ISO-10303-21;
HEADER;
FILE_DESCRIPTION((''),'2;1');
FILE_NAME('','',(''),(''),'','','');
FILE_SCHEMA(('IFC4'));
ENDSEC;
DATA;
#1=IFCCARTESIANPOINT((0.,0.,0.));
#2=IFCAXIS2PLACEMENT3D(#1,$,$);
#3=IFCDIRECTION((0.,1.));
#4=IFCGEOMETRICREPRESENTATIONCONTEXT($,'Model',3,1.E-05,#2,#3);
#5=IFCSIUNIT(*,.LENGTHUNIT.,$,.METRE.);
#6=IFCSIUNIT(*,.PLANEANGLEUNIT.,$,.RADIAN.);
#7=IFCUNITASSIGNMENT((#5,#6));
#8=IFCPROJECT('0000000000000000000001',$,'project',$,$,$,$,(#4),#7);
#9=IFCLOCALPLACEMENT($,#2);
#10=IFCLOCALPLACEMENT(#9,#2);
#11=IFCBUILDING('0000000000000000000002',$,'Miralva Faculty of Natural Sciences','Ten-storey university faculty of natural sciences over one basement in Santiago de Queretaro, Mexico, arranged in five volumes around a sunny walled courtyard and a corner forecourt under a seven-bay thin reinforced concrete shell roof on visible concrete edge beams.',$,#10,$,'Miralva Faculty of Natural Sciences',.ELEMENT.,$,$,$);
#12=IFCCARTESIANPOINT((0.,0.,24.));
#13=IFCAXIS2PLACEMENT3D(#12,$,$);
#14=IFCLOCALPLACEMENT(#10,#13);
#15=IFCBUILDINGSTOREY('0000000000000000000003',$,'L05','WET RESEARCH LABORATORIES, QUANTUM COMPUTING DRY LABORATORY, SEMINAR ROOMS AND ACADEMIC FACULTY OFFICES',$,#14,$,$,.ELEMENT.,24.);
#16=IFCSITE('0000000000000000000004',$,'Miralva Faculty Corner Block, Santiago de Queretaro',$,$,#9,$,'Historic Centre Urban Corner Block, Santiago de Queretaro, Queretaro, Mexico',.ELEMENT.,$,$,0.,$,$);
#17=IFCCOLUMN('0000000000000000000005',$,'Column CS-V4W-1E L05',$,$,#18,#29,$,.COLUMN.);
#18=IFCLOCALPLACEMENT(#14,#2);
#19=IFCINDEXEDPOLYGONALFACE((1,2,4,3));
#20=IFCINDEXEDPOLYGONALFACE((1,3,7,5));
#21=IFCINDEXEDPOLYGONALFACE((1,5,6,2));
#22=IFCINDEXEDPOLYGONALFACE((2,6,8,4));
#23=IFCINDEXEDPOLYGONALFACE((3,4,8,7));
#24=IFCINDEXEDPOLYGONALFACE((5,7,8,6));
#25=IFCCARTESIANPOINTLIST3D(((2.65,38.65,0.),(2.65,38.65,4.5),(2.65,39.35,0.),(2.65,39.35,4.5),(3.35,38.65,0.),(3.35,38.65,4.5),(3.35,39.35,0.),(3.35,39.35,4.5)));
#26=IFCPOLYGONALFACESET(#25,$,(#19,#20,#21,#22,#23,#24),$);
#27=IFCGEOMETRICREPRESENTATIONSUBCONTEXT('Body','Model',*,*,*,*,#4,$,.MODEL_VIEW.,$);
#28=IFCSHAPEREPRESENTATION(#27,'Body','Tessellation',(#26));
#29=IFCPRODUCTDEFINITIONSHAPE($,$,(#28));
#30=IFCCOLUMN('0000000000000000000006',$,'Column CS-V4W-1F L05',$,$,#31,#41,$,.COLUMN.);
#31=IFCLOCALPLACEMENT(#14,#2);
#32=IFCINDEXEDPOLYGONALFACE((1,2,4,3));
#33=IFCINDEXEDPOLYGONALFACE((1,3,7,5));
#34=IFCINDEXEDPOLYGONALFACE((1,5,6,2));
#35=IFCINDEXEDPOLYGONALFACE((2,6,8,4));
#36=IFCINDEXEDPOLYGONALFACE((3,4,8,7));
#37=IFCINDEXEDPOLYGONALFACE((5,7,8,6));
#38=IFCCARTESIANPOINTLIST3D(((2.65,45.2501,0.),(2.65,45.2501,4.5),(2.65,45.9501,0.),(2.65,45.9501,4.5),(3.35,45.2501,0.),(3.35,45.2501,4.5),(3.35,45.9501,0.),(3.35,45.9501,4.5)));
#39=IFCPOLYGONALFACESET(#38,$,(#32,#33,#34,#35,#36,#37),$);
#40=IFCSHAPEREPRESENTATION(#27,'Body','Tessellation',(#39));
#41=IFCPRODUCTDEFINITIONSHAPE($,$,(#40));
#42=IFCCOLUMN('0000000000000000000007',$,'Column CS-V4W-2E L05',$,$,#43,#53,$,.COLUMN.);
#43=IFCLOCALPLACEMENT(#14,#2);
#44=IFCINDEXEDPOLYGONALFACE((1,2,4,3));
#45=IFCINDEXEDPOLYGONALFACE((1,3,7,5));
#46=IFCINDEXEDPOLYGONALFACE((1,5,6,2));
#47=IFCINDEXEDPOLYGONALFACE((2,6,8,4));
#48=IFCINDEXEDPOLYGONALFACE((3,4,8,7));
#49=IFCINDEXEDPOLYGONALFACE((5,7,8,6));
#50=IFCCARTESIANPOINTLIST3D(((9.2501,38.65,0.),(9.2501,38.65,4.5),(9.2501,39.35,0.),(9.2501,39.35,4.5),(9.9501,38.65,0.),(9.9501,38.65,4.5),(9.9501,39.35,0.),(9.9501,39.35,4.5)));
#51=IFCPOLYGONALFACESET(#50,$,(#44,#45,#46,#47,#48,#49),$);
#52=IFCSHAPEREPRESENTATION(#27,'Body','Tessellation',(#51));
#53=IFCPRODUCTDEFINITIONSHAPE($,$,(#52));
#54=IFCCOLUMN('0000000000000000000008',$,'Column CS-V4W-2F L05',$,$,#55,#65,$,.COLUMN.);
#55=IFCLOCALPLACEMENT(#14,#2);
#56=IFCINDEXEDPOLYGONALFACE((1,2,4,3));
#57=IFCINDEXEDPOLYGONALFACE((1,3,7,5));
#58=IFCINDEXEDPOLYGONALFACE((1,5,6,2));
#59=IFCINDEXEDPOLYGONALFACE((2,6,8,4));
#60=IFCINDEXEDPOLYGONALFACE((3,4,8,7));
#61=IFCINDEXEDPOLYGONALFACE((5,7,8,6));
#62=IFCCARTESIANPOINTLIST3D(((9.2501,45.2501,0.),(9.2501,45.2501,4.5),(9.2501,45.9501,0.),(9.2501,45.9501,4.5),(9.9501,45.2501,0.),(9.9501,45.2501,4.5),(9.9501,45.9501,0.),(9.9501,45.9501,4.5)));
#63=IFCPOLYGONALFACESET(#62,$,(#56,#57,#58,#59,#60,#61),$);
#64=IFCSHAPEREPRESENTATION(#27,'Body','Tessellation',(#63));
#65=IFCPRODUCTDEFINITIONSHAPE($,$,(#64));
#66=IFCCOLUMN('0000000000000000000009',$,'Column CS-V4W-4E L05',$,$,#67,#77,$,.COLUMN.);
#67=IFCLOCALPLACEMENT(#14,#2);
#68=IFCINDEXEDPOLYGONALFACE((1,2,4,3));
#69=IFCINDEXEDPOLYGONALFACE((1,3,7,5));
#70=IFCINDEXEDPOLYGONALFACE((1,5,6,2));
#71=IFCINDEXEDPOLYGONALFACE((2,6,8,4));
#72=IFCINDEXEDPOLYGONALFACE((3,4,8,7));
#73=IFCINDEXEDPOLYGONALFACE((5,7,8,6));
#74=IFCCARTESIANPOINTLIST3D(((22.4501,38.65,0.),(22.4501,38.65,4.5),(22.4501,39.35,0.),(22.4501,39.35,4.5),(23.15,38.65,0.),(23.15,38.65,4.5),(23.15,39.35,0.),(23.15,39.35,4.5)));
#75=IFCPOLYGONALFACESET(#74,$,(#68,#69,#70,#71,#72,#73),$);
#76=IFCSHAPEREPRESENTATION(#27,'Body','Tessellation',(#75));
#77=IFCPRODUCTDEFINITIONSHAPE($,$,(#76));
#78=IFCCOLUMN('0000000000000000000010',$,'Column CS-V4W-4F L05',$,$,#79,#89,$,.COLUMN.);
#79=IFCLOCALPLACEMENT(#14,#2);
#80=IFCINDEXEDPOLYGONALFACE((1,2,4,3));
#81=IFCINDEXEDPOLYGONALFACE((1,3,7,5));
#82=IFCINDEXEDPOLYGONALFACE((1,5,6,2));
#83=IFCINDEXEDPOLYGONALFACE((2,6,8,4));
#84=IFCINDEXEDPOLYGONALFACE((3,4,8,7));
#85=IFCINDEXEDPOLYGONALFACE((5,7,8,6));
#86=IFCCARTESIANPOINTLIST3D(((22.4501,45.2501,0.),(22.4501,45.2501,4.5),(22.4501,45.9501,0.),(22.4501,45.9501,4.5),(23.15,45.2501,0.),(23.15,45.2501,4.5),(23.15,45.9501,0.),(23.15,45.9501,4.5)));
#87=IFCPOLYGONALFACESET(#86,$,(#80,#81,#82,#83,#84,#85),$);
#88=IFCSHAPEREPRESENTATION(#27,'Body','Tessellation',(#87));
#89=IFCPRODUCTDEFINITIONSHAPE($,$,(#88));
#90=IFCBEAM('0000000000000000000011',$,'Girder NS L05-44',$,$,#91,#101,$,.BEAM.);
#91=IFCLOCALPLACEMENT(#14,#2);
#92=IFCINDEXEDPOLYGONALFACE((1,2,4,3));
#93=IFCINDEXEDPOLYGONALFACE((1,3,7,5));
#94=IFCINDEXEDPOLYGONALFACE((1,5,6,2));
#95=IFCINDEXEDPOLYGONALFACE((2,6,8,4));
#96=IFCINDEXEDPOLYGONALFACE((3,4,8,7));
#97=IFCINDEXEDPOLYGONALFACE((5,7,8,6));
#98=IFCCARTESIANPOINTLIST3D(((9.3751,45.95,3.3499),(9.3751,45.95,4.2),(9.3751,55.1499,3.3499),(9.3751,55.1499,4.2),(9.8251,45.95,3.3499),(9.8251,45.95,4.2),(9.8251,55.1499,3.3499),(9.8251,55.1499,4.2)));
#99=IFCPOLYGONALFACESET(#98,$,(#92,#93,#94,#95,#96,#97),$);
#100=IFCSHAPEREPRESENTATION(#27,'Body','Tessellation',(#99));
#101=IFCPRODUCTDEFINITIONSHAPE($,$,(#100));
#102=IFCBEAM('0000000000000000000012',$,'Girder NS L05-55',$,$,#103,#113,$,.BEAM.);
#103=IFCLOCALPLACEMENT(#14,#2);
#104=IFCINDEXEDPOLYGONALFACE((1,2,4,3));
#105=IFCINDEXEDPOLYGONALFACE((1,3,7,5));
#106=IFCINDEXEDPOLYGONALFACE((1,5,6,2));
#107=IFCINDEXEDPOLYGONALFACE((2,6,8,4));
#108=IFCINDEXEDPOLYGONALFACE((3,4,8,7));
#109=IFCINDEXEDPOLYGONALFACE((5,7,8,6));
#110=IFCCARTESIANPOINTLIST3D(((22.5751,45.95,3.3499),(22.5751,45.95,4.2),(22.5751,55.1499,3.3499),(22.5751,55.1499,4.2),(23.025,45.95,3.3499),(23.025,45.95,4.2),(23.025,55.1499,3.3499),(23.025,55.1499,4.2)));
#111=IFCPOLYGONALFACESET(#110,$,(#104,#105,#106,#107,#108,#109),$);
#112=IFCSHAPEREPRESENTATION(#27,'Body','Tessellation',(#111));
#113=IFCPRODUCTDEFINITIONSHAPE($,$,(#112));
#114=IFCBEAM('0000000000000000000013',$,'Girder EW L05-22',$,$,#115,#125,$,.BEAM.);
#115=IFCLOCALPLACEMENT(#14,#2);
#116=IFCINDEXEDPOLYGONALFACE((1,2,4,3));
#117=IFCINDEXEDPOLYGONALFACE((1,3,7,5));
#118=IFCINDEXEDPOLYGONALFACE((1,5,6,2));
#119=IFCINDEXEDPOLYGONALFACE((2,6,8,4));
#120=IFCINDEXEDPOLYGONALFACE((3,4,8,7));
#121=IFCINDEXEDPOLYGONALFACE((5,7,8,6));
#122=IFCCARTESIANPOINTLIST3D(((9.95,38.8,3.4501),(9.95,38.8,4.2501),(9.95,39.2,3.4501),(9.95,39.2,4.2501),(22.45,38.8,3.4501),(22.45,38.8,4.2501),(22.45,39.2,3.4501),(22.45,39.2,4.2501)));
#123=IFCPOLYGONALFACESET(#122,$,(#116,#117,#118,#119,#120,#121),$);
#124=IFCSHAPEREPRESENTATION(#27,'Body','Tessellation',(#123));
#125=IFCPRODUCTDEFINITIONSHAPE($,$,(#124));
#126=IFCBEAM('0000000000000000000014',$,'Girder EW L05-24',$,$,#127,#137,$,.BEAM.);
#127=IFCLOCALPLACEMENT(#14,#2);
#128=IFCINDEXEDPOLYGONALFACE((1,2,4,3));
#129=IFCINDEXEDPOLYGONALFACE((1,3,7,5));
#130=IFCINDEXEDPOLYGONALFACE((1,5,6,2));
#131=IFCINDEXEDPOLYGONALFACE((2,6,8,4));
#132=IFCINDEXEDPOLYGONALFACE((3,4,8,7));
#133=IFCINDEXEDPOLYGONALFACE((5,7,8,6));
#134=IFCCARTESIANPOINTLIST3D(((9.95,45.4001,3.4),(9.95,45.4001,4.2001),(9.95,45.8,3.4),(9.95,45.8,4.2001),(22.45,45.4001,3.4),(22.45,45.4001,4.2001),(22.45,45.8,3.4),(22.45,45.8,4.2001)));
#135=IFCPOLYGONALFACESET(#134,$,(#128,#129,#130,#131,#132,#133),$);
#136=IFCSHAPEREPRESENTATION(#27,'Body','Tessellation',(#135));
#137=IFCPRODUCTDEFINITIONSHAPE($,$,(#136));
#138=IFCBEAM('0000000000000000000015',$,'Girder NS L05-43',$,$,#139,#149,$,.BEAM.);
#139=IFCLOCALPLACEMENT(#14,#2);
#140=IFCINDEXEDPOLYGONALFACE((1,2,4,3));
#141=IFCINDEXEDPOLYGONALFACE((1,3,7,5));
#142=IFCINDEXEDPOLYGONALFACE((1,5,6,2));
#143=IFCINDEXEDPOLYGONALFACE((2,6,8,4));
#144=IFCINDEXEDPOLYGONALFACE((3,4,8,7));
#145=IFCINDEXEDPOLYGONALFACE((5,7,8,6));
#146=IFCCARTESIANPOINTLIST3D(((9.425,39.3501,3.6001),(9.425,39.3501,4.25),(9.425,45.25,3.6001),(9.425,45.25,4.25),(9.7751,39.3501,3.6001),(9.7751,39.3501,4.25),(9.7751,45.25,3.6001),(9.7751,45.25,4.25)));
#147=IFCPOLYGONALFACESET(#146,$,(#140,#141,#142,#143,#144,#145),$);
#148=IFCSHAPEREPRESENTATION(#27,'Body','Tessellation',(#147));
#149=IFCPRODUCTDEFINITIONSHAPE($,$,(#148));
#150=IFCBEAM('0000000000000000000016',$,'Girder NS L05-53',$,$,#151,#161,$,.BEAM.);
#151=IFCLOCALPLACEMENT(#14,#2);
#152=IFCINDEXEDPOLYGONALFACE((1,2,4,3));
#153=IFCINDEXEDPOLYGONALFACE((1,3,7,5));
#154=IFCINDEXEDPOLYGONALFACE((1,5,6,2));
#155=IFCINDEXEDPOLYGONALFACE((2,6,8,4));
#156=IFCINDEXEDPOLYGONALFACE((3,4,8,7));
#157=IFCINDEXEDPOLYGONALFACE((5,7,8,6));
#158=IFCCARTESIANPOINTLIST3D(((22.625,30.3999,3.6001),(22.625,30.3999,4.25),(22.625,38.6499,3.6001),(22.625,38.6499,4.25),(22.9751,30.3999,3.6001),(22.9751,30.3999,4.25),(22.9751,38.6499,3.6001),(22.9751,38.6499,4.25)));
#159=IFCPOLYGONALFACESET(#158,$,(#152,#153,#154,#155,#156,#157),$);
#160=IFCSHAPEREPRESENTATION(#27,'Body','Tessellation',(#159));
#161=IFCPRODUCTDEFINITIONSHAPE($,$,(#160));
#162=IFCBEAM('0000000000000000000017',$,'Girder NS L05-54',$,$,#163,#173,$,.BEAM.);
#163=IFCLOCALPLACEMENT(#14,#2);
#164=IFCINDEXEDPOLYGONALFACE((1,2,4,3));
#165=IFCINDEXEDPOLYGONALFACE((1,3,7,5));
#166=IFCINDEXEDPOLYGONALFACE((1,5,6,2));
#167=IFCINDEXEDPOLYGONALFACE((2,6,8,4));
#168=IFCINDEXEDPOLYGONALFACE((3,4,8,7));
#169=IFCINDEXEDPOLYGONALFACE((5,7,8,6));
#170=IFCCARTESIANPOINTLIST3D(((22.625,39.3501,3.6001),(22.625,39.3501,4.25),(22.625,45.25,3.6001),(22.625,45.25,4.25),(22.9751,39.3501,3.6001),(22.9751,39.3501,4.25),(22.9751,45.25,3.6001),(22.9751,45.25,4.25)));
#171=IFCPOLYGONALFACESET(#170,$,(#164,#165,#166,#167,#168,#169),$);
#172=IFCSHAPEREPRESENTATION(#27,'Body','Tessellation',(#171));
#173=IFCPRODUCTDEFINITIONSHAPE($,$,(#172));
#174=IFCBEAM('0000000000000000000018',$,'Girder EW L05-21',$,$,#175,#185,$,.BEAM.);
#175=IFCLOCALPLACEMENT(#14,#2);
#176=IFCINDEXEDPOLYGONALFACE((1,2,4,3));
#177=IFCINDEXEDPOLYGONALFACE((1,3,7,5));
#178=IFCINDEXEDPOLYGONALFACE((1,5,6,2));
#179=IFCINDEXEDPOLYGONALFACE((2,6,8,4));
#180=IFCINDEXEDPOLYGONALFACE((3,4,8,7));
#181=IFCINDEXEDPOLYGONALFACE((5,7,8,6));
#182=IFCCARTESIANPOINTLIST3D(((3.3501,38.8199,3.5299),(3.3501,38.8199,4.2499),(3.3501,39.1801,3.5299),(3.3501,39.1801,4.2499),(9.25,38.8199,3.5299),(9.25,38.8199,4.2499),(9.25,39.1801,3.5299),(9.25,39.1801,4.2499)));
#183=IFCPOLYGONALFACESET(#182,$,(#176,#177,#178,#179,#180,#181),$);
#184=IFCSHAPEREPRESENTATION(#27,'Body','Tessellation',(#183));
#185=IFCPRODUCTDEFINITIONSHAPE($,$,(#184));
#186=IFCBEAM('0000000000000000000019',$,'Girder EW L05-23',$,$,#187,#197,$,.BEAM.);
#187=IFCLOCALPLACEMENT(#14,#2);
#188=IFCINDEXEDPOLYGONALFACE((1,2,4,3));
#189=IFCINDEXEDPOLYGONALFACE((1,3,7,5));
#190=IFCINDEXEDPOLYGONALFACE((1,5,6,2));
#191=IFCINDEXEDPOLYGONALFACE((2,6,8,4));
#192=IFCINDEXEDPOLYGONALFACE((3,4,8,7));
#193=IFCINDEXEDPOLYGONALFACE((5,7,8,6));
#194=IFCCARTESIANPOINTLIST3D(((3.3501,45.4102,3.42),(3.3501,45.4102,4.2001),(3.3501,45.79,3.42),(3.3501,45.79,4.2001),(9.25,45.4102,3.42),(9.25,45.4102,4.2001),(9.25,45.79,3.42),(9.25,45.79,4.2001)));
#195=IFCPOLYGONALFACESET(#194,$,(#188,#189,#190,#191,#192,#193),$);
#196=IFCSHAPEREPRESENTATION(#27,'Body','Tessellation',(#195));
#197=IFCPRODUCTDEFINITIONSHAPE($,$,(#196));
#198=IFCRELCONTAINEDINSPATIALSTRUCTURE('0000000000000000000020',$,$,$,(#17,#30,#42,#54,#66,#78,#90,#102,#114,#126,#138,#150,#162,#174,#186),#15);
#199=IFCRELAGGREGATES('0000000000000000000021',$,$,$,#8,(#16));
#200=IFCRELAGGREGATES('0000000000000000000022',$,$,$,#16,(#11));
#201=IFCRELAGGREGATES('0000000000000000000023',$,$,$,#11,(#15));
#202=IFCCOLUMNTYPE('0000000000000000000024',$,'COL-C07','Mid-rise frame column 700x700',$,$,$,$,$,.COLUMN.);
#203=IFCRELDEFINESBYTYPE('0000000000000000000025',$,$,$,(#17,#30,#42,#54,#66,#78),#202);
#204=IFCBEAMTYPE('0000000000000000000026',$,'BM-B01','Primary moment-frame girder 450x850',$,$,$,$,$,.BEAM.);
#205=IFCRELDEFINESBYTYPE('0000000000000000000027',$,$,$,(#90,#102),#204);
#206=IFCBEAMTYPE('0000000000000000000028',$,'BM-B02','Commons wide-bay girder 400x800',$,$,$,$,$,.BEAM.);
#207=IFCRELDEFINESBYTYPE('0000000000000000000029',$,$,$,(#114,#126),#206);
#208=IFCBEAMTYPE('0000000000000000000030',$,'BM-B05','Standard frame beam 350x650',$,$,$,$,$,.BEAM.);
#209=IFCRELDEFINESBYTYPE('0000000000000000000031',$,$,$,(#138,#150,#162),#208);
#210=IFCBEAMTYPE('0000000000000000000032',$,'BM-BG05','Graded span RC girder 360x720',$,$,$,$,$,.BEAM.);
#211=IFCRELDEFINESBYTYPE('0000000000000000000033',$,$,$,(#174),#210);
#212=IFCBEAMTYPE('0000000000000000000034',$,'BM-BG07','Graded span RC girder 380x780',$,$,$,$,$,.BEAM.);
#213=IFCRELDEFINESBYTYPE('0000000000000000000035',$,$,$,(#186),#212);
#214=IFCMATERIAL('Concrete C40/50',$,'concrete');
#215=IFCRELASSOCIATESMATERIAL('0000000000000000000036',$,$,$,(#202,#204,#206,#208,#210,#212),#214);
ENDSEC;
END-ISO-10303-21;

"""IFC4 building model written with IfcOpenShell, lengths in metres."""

from ifc_helpers import new_model, si_unit, direction, frame, origin, origin_2d, place, context, subcontext, project, spatial, rectangle, extrude, material, material_profile, profile_set, type_object, element, save


model = new_model("IFC4")

# Units and contexts
model_context = context("Model", 3, precision=1e-05, world=origin(), true_north=direction((0.0, 1.0)))
body_context = subcontext(model_context, "Body", "Model", "MODEL_VIEW")
ifc_project = project(units=[si_unit("LENGTHUNIT", "METRE"), si_unit("PLANEANGLEUNIT", "RADIAN")], contexts=[model_context])

# Site, building, storey
site_placement = place(None, origin())
site = spatial("IfcSite", under=ifc_project, at=site_placement, Name="Miralva Faculty Corner Block, Santiago de Queretaro", LongName="Historic Centre Urban Corner Block, Santiago de Queretaro, Queretaro, Mexico", CompositionType="ELEMENT", RefElevation=0.0)
building_placement = place(site_placement, origin())
building = spatial("IfcBuilding", under=site, at=building_placement, Name="Miralva Faculty of Natural Sciences", Description="Ten-storey university faculty of natural sciences over one basement in Santiago de Queretaro, Mexico, arranged in five volumes around a sunny walled courtyard and a corner forecourt under a seven-bay thin reinforced concrete shell roof on visible concrete edge beams.", LongName="Miralva Faculty of Natural Sciences", CompositionType="ELEMENT")
storey_placement = place(building_placement, frame((0.0, 0.0, 24.0)))
storey = spatial("IfcBuildingStorey", under=building, at=storey_placement, Name="L05", Description="WET RESEARCH LABORATORIES, QUANTUM COMPUTING DRY LABORATORY, SEMINAR ROOMS AND ACADEMIC FACULTY OFFICES", CompositionType="ELEMENT", Elevation=24.0)

# Columns
ifc_material_1 = material(Name="Concrete C40/50", Category="concrete")
ifc_material_profile_1 = material_profile(ifc_material_1, rectangle(XDim=0.7, YDim=0.7, at=origin_2d()), Name="RC 700x700")
ifc_profile_set_1 = profile_set([ifc_material_profile_1], Name="Concrete C40/50")
column_type = type_object("IfcColumnType", Name="COL-C07", Description="Mid-rise frame column 700x700", PredefinedType="COLUMN", material=ifc_profile_set_1)
for number, where, z_axis, x_axis, name in (
    (1, (3.0, 39.0, 0.0), (0.0, 0.0, 1.0), (1.0, 0.0, 0.0), "Column CS-V4W-1E L05"),
    (2, (3.0, 45.6001, 0.0), (0.0, 0.0, 1.0), (1.0, 0.0, 0.0), "Column CS-V4W-1F L05"),
    (3, (9.6001, 39.0, 0.0), (0.0, 0.0, 1.0), (1.0, 0.0, 0.0), "Column CS-V4W-2E L05"),
    (4, (9.6001, 45.6001, 0.0), (0.0, 0.0, 1.0), (1.0, 0.0, 0.0), "Column CS-V4W-2F L05"),
    (5, (22.8, 39.0, 0.0), (0.0, 0.0, 1.0), (1.0, 0.0, 0.0), "Column CS-V4W-4E L05"),
    (6, (22.8, 45.6001, 0.0), (0.0, 0.0, 1.0), (1.0, 0.0, 0.0), "Column CS-V4W-4F L05"),
):
    element("IfcColumn", number, at=place(storey_placement, frame(where, z_axis=z_axis, x_axis=x_axis)), inside=storey, type_object=column_type, Name=name, PredefinedType="COLUMN", context=body_context, shape_type="SweptSolid", body=[
        extrude(rectangle(XDim=0.7, YDim=0.7, at=origin_2d()), origin(), (0.0, 0.0, 1.0), 4.5),
    ])

# Beams
ifc_material_profile_2 = material_profile(ifc_material_1, rectangle(XDim=0.45, YDim=0.8501, at=origin_2d()), Name="RC 450x850")
ifc_profile_set_2 = profile_set([ifc_material_profile_2], Name="Concrete C40/50")
beam_type_1 = type_object("IfcBeamType", Name="BM-B01", Description="Primary moment-frame girder 450x850", PredefinedType="BEAM", material=ifc_profile_set_2)
for number, where, z_axis, x_axis, name in (
    (7, (9.6001, 45.95, 3.7749), (0.0, 1.0, 0.0), (-1.0, 0.0, 0.0), "Girder NS L05-44"),
    (8, (22.8, 45.95, 3.7749), (0.0, 1.0, 0.0), (-1.0, 0.0, 0.0), "Girder NS L05-55"),
):
    element("IfcBeam", number, at=place(storey_placement, frame(where, z_axis=z_axis, x_axis=x_axis)), inside=storey, type_object=beam_type_1, Name=name, PredefinedType="BEAM", context=body_context, shape_type="SweptSolid", body=[
        extrude(rectangle(XDim=0.45, YDim=0.8501, at=origin_2d()), origin(), (0.0, 0.0, 1.0), 9.2),
    ])
ifc_material_profile_3 = material_profile(ifc_material_1, rectangle(XDim=0.3999, YDim=0.8, at=origin_2d()), Name="RC 400x800")
ifc_profile_set_3 = profile_set([ifc_material_profile_3], Name="Concrete C40/50")
beam_type_2 = type_object("IfcBeamType", Name="BM-B02", Description="Commons wide-bay girder 400x800", PredefinedType="BEAM", material=ifc_profile_set_3)
for number, where, z_axis, x_axis, name in (
    (9, (9.95, 39.0, 3.8501), (1.0, 0.0, 0.0), (0.0, 1.0, 0.0), "Girder EW L05-22"),
    (10, (9.95, 45.6001, 3.8), (1.0, 0.0, 0.0), (0.0, 1.0, 0.0), "Girder EW L05-24"),
):
    element("IfcBeam", number, at=place(storey_placement, frame(where, z_axis=z_axis, x_axis=x_axis)), inside=storey, type_object=beam_type_2, Name=name, PredefinedType="BEAM", context=body_context, shape_type="SweptSolid", body=[
        extrude(rectangle(XDim=0.3999, YDim=0.8, at=origin_2d()), origin(), (0.0, 0.0, 1.0), 12.5),
    ])
ifc_material_profile_4 = material_profile(ifc_material_1, rectangle(XDim=0.3501, YDim=0.6499, at=origin_2d()), Name="RC 350x650")
ifc_profile_set_4 = profile_set([ifc_material_profile_4], Name="Concrete C40/50")
beam_type_3 = type_object("IfcBeamType", Name="BM-B05", Description="Standard frame beam 350x650", PredefinedType="BEAM", material=ifc_profile_set_4)
beam_1_placement = place(storey_placement, frame((9.6001, 39.3501, 3.925), z_axis=(0.0, 1.0, 0.0), x_axis=(-1.0, 0.0, 0.0)))
element("IfcBeam", 11, at=beam_1_placement, inside=storey, type_object=beam_type_3, Name="Girder NS L05-43", PredefinedType="BEAM", context=body_context, shape_type="SweptSolid", body=[
    extrude(rectangle(XDim=0.3501, YDim=0.6499, at=origin_2d()), origin(), (0.0, 0.0, 1.0), 5.8999),
])
beam_2_placement = place(storey_placement, frame((22.8, 30.3999, 3.925), z_axis=(0.0, 1.0, 0.0), x_axis=(-1.0, 0.0, 0.0)))
element("IfcBeam", 12, at=beam_2_placement, inside=storey, type_object=beam_type_3, Name="Girder NS L05-53", PredefinedType="BEAM", context=body_context, shape_type="SweptSolid", body=[
    extrude(rectangle(XDim=0.3501, YDim=0.6499, at=origin_2d()), origin(), (0.0, 0.0, 1.0), 8.25),
])
beam_3_placement = place(storey_placement, frame((22.8, 39.3501, 3.925), z_axis=(0.0, 1.0, 0.0), x_axis=(-1.0, 0.0, 0.0)))
element("IfcBeam", 13, at=beam_3_placement, inside=storey, type_object=beam_type_3, Name="Girder NS L05-54", PredefinedType="BEAM", context=body_context, shape_type="SweptSolid", body=[
    extrude(rectangle(XDim=0.3501, YDim=0.6499, at=origin_2d()), origin(), (0.0, 0.0, 1.0), 5.8999),
])
ifc_material_profile_5 = material_profile(ifc_material_1, rectangle(XDim=0.3601, YDim=0.72, at=origin_2d()), Name="RC 360x720")
ifc_profile_set_5 = profile_set([ifc_material_profile_5], Name="Concrete C40/50")
beam_type_4 = type_object("IfcBeamType", Name="BM-BG05", Description="Graded span RC girder 360x720", PredefinedType="BEAM", material=ifc_profile_set_5)
beam_4_placement = place(storey_placement, frame((3.3501, 39.0, 3.8899), z_axis=(1.0, 0.0, 0.0), x_axis=(0.0, 1.0, 0.0)))
element("IfcBeam", 14, at=beam_4_placement, inside=storey, type_object=beam_type_4, Name="Girder EW L05-21", PredefinedType="BEAM", context=body_context, shape_type="SweptSolid", body=[
    extrude(rectangle(XDim=0.3601, YDim=0.72, at=origin_2d()), origin(), (0.0, 0.0, 1.0), 5.8999),
])
ifc_material_profile_6 = material_profile(ifc_material_1, rectangle(XDim=0.3799, YDim=0.78, at=origin_2d()), Name="RC 380x780")
ifc_profile_set_6 = profile_set([ifc_material_profile_6], Name="Concrete C40/50")
beam_type_5 = type_object("IfcBeamType", Name="BM-BG07", Description="Graded span RC girder 380x780", PredefinedType="BEAM", material=ifc_profile_set_6)
beam_5_placement = place(storey_placement, frame((3.3501, 45.6001, 3.8101), z_axis=(1.0, 0.0, 0.0), x_axis=(0.0, 1.0, 0.0)))
element("IfcBeam", 15, at=beam_5_placement, inside=storey, type_object=beam_type_5, Name="Girder EW L05-23", PredefinedType="BEAM", context=body_context, shape_type="SweptSolid", body=[
    extrude(rectangle(XDim=0.3799, YDim=0.78, at=origin_2d()), origin(), (0.0, 0.0, 1.0), 5.8999),
])

save(model, "model.ifc")
